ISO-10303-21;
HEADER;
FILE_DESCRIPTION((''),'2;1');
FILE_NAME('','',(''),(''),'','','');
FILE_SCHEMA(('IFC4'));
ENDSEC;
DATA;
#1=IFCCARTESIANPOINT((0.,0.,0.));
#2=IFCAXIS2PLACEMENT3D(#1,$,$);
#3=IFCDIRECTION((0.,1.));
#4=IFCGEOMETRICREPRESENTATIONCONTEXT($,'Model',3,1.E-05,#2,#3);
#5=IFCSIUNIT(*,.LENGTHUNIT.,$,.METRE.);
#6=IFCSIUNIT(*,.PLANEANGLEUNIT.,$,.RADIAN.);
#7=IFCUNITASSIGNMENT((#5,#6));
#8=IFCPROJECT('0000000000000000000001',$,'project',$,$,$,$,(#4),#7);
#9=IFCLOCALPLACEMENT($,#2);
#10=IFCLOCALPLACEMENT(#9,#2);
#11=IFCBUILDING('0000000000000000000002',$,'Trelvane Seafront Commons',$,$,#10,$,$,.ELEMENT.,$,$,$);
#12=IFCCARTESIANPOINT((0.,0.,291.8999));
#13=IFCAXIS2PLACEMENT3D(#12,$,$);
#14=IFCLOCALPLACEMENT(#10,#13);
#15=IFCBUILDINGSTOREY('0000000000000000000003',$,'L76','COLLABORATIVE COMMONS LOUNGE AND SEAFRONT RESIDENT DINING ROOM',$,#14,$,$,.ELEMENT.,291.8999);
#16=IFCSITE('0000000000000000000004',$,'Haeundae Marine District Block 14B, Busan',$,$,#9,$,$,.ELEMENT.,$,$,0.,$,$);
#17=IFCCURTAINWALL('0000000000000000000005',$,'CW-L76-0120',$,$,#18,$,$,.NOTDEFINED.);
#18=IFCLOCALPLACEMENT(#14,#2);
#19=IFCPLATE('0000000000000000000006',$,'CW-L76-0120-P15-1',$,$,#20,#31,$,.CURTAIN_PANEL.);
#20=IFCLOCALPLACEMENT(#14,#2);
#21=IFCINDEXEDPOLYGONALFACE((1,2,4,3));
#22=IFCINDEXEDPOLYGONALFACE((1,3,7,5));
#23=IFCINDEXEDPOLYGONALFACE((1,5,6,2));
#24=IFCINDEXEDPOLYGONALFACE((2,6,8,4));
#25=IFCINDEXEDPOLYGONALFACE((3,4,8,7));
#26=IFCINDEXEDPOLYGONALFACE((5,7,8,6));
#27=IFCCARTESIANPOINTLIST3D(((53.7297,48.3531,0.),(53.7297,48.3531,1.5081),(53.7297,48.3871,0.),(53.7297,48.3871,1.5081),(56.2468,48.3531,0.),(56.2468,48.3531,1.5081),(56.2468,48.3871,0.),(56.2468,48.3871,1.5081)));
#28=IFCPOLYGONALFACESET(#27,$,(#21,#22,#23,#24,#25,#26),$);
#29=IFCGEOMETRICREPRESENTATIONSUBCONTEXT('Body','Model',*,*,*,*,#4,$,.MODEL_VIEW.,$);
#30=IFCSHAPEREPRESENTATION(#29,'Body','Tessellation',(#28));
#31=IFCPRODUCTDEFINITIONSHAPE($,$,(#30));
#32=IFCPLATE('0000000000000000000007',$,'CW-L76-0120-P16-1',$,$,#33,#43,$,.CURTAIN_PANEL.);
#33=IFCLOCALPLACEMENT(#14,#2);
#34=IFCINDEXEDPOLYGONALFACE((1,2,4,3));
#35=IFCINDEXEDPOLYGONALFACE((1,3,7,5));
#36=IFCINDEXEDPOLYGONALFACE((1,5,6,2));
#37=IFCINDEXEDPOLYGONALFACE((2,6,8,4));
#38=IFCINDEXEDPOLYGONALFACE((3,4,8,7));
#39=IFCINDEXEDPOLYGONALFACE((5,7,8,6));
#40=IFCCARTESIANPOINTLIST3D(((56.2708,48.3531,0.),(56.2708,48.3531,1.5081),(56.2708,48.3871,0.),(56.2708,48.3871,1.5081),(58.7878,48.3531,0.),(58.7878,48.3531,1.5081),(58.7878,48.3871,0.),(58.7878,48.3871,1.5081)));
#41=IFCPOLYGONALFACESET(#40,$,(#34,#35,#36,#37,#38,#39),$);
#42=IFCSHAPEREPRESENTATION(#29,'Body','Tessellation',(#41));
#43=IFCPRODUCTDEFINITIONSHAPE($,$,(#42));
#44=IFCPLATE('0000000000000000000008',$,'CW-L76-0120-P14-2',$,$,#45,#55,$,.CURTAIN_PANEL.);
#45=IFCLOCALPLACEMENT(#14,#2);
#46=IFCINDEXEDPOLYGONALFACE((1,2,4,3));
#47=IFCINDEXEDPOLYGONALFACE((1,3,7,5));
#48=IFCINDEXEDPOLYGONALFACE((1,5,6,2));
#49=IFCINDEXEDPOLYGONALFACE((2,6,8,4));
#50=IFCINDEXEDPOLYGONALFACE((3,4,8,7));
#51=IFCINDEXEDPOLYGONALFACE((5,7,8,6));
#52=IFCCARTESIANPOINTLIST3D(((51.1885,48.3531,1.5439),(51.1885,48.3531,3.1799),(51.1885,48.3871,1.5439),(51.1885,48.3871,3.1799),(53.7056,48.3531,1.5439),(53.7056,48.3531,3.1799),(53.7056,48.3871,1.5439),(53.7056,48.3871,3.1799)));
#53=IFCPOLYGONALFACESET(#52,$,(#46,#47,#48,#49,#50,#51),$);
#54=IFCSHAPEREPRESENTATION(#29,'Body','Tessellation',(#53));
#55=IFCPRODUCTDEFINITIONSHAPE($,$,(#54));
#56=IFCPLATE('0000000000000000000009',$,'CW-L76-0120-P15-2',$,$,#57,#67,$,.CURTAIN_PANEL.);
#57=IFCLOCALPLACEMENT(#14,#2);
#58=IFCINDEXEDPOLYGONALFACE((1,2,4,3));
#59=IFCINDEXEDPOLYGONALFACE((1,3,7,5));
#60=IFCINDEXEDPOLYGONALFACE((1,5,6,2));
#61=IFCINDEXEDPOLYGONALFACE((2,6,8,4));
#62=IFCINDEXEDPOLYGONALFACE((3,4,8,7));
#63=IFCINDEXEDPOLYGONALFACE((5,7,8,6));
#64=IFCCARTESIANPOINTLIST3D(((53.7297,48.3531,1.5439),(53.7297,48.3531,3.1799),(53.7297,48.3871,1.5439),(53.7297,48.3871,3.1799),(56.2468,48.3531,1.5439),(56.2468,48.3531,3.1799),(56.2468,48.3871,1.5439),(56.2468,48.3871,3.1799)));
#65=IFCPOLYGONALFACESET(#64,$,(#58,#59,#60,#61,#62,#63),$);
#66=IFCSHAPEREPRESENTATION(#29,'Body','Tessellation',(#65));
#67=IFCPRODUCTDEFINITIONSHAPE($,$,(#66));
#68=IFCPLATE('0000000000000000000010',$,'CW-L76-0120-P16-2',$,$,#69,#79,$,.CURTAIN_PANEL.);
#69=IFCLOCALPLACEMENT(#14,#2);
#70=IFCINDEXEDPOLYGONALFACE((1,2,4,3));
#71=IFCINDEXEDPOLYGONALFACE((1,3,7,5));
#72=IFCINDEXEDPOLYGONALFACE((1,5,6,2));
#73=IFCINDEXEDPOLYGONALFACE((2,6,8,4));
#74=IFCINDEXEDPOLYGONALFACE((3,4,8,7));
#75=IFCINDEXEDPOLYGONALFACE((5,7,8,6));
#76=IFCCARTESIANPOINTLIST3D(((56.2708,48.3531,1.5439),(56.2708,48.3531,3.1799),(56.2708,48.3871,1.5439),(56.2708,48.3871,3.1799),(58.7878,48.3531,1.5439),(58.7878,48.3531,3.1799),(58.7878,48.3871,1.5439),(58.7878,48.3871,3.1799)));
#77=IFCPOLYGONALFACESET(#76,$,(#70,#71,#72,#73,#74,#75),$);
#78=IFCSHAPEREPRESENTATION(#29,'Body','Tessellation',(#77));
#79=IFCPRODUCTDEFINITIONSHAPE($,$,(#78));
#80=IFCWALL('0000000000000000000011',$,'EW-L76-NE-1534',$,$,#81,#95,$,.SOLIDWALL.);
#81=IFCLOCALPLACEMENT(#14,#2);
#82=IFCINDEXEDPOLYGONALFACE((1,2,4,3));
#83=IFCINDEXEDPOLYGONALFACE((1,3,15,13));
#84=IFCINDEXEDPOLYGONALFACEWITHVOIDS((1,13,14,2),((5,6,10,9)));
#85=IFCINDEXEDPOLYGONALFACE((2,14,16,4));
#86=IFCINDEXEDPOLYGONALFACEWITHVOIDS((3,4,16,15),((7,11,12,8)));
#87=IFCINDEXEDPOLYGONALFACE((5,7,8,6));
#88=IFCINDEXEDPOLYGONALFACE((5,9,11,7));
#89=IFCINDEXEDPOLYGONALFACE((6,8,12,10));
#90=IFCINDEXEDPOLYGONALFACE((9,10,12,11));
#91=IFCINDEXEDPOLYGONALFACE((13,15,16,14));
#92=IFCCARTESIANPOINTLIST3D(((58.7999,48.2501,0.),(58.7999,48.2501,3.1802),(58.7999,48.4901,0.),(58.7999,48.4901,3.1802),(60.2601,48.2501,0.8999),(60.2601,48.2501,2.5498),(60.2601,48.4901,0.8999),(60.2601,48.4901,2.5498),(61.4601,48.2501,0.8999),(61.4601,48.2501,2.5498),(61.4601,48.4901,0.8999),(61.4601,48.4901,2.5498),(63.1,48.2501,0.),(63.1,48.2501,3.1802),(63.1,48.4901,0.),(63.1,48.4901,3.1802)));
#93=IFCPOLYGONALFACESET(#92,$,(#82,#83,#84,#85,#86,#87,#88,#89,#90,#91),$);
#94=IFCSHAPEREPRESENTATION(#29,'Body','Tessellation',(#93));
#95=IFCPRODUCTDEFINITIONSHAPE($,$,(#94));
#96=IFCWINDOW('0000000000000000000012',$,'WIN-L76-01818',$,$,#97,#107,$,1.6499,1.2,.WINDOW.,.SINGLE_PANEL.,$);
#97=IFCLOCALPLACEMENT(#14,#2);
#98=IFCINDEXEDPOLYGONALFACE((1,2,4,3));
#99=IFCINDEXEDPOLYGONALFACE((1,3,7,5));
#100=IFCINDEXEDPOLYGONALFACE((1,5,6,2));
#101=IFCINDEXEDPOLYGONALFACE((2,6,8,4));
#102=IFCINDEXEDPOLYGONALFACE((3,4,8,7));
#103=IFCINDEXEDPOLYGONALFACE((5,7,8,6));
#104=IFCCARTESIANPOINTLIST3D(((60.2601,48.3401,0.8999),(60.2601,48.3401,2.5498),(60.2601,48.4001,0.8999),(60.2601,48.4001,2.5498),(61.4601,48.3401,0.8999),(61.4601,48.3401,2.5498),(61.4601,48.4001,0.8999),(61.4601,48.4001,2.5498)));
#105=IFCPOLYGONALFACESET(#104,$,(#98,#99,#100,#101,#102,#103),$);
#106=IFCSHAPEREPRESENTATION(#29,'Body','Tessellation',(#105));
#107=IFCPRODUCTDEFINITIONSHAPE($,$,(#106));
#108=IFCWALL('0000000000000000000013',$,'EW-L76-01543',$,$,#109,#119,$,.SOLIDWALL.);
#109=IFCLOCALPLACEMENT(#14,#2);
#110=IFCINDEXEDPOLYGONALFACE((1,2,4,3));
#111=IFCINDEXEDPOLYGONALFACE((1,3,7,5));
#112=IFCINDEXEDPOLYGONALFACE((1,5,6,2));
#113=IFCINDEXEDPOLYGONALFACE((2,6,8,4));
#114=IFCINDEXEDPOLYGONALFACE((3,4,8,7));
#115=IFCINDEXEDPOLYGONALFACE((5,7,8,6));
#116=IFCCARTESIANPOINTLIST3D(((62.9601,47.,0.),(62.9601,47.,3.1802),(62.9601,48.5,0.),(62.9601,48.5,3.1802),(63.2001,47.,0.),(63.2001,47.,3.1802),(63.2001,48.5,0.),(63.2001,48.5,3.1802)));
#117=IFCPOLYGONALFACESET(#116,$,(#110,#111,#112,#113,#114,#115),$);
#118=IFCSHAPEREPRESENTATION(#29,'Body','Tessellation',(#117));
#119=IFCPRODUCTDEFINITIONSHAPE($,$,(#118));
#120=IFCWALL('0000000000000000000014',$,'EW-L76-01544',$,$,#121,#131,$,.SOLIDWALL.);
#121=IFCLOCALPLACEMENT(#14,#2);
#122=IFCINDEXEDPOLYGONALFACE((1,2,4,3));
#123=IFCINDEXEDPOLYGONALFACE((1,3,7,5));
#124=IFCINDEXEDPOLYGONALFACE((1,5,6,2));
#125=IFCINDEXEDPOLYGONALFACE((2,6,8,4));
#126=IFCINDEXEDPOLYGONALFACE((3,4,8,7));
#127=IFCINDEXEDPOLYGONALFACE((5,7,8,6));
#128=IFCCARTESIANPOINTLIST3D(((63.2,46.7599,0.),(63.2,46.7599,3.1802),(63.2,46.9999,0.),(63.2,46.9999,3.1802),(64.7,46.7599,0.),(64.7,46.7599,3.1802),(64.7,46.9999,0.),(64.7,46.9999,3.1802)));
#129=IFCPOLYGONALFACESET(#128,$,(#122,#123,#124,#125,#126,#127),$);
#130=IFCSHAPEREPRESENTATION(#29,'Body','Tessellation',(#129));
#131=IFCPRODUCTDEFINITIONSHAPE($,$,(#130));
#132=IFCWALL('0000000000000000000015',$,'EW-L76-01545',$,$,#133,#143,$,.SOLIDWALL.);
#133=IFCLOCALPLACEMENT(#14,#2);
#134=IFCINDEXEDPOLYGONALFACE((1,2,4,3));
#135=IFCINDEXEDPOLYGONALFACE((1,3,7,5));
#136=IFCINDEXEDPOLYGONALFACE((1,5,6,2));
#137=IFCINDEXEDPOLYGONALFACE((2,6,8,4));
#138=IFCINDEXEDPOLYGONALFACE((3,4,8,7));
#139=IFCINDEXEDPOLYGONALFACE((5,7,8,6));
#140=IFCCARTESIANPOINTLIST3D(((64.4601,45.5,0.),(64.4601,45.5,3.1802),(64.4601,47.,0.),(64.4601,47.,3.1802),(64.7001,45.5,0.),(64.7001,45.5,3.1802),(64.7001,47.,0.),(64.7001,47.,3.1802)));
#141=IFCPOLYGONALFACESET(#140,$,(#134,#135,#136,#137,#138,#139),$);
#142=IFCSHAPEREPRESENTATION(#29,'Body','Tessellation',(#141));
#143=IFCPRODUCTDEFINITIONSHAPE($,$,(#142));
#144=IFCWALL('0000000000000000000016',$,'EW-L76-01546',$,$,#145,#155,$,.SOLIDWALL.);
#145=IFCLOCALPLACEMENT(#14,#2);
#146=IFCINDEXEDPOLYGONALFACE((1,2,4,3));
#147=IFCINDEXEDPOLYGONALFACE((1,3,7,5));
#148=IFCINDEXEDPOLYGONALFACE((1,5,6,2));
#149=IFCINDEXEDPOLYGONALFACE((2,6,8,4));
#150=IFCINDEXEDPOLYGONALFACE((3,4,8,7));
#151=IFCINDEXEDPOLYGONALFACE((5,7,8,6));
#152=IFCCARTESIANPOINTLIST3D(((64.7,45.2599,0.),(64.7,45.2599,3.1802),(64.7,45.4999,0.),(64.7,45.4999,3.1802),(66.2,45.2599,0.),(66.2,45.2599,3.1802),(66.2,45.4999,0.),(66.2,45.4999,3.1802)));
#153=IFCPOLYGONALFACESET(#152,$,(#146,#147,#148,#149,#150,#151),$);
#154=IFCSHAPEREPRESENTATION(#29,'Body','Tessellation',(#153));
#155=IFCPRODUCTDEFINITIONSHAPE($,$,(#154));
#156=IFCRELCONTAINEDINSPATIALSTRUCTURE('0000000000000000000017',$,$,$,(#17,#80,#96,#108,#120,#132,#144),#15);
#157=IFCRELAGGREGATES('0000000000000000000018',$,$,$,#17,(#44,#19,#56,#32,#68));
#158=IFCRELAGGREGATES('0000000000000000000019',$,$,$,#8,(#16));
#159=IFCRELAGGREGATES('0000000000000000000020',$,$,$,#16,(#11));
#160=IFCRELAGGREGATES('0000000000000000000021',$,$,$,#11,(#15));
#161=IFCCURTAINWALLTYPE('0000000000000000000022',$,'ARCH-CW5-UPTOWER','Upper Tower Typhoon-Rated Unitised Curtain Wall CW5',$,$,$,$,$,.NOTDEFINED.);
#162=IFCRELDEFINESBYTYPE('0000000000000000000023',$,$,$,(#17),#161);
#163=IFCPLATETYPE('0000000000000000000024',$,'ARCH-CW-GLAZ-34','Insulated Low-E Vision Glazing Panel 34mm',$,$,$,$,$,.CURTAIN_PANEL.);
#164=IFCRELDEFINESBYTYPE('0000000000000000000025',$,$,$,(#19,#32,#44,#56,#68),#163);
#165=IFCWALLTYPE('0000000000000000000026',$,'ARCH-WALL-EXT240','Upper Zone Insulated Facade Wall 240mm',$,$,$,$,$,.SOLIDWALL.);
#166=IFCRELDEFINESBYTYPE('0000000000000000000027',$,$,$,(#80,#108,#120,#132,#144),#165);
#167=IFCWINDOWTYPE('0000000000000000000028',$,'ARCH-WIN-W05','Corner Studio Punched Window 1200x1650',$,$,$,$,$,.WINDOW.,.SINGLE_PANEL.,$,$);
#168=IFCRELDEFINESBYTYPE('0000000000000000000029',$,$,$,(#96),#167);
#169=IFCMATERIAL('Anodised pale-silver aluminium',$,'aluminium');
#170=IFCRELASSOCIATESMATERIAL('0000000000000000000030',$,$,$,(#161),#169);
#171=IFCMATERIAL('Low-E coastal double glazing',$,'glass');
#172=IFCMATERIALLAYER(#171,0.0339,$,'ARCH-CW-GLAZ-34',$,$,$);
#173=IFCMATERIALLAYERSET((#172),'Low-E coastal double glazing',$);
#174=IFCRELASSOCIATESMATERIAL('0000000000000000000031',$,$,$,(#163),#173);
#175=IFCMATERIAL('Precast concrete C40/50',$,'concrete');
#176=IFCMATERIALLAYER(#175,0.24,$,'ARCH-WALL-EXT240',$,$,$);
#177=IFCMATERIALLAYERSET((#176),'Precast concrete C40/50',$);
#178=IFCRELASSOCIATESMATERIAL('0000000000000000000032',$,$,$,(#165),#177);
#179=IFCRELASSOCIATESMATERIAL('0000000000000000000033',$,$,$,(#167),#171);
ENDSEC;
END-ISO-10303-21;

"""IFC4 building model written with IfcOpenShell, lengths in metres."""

from ifc_helpers import new_model, si_unit, direction, frame, frame_2d, origin, origin_2d, place, context, subcontext, project, spatial, rectangle, extrude, source, transform, mapped, material, layer, layer_set, type_object, element, fill, aggregate, save


model = new_model("IFC4")

# Units and contexts
model_context = context("Model", 3, precision=1e-05, world=origin(), true_north=direction((0.0, 1.0)))
body_context = subcontext(model_context, "Body", "Model", "MODEL_VIEW")
ifc_project = project(units=[si_unit("LENGTHUNIT", "METRE"), si_unit("PLANEANGLEUNIT", "RADIAN")], contexts=[model_context])

# Site, building, storey
site_placement = place(None, origin())
site = spatial("IfcSite", under=ifc_project, at=site_placement, Name="Haeundae Marine District Block 14B, Busan", CompositionType="ELEMENT", RefElevation=0.0)
building_placement = place(site_placement, origin())
building = spatial("IfcBuilding", under=site, at=building_placement, Name="Trelvane Seafront Commons", CompositionType="ELEMENT")
storey_placement = place(building_placement, frame((0.0, 0.0, 291.8999)))
storey = spatial("IfcBuildingStorey", under=building, at=storey_placement, Name="L76", Description="COLLABORATIVE COMMONS LOUNGE AND SEAFRONT RESIDENT DINING ROOM", CompositionType="ELEMENT", Elevation=291.8999)

# Curtain wall
ifc_material_1 = material(Name="Anodised pale-silver aluminium", Category="aluminium")
curtain_wall_type = type_object("IfcCurtainWallType", Name="ARCH-CW5-UPTOWER", Description="Upper Tower Typhoon-Rated Unitised Curtain Wall CW5", PredefinedType="NOTDEFINED", material=ifc_material_1)
curtain_wall_placement = place(storey_placement, origin())
curtain_wall = element("IfcCurtainWall", 1, at=curtain_wall_placement, inside=storey, type_object=curtain_wall_type, Name="CW-L76-0120", PredefinedType="NOTDEFINED")

# Plates
ifc_material_2 = material(Name="Low-E coastal double glazing", Category="glass")
ifc_layer_1 = layer(ifc_material_2, 0.0339, Name="ARCH-CW-GLAZ-34")
ifc_layer_set_1 = layer_set([ifc_layer_1], Name="Low-E coastal double glazing")
plate_type_1 = type_object("IfcPlateType", Name="ARCH-CW-GLAZ-34", Description="Insulated Low-E Vision Glazing Panel 34mm", PredefinedType="CURTAIN_PANEL", material=ifc_layer_set_1)
shared_shape_1 = source(origin(), body_context, "Body", "SweptSolid", [
    extrude(rectangle(XDim=2.5171, YDim=0.0339, at=origin_2d()), origin(), (0.0, 0.0, 1.0), 1.5081),
])
plate_1_placement = place(storey_placement, frame((54.9883, 48.3701, 0.0), z_axis=(0.0, 0.0, 1.0), x_axis=(1.0, 0.0, 0.0)))
plate_1 = element("IfcPlate", 2, at=plate_1_placement, type_object=plate_type_1, Name="CW-L76-0120-P15-1", PredefinedType="CURTAIN_PANEL", context=body_context, shape_type="MappedRepresentation", body=[
    mapped(shared_shape_1, transform((0.0, 0.0, 0.0), x_axis=(1.0, 0.0, 0.0), y_axis=(0.0, 1.0, 0.0), z_axis=(0.0, 0.0, 1.0), scale=1.0)),
])
plate_2_placement = place(storey_placement, frame((57.5293, 48.3701, 0.0), z_axis=(0.0, 0.0, 1.0), x_axis=(1.0, 0.0, 0.0)))
plate_2 = element("IfcPlate", 3, at=plate_2_placement, type_object=plate_type_1, Name="CW-L76-0120-P16-1", PredefinedType="CURTAIN_PANEL", context=body_context, shape_type="MappedRepresentation", body=[
    mapped(shared_shape_1, transform((0.0, 0.0, 0.0), x_axis=(1.0, 0.0, 0.0), y_axis=(0.0, 1.0, 0.0), z_axis=(0.0, 0.0, 1.0), scale=1.0)),
])
shared_shape_2 = source(origin(), body_context, "Body", "SweptSolid", [
    extrude(rectangle(XDim=2.5171, YDim=0.0339, at=origin_2d()), origin(), (0.0, 0.0, 1.0), 1.636),
])
plate_3_placement = place(storey_placement, frame((52.447, 48.3701, 1.5439), z_axis=(0.0, 0.0, 1.0), x_axis=(1.0, 0.0, 0.0)))
plate_3 = element("IfcPlate", 4, at=plate_3_placement, type_object=plate_type_1, Name="CW-L76-0120-P14-2", PredefinedType="CURTAIN_PANEL", context=body_context, shape_type="MappedRepresentation", body=[
    mapped(shared_shape_2, transform((0.0, 0.0, 0.0), x_axis=(1.0, 0.0, 0.0), y_axis=(0.0, 1.0, 0.0), z_axis=(0.0, 0.0, 1.0), scale=1.0)),
])
plate_4_placement = place(storey_placement, frame((54.9883, 48.3701, 1.5439), z_axis=(0.0, 0.0, 1.0), x_axis=(1.0, 0.0, 0.0)))
plate_4 = element("IfcPlate", 5, at=plate_4_placement, type_object=plate_type_1, Name="CW-L76-0120-P15-2", PredefinedType="CURTAIN_PANEL", context=body_context, shape_type="MappedRepresentation", body=[
    mapped(shared_shape_2, transform((0.0, 0.0, 0.0), x_axis=(1.0, 0.0, 0.0), y_axis=(0.0, 1.0, 0.0), z_axis=(0.0, 0.0, 1.0), scale=1.0)),
])
plate_5_placement = place(storey_placement, frame((57.5293, 48.3701, 1.5439), z_axis=(0.0, 0.0, 1.0), x_axis=(1.0, 0.0, 0.0)))
plate_5 = element("IfcPlate", 6, at=plate_5_placement, type_object=plate_type_1, Name="CW-L76-0120-P16-2", PredefinedType="CURTAIN_PANEL", context=body_context, shape_type="MappedRepresentation", body=[
    mapped(shared_shape_2, transform((0.0, 0.0, 0.0), x_axis=(1.0, 0.0, 0.0), y_axis=(0.0, 1.0, 0.0), z_axis=(0.0, 0.0, 1.0), scale=1.0)),
])
aggregate(curtain_wall, [plate_3, plate_1, plate_4, plate_2, plate_5])

# Wall, opening, window
ifc_material_3 = material(Name="Precast concrete C40/50", Category="concrete")
ifc_layer_2 = layer(ifc_material_3, 0.24, Name="ARCH-WALL-EXT240")
ifc_layer_set_2 = layer_set([ifc_layer_2], Name="Precast concrete C40/50")
wall_type = type_object("IfcWallType", Name="ARCH-WALL-EXT240", Description="Upper Zone Insulated Facade Wall 240mm", PredefinedType="SOLIDWALL", material=ifc_layer_set_2)
wall_1_placement = place(storey_placement, frame((58.8, 48.3701, 0.0), z_axis=(0.0, 0.0, 1.0), x_axis=(1.0, 0.0, 0.0)))
wall_1 = element("IfcWall", 7, at=wall_1_placement, inside=storey, type_object=wall_type, Name="EW-L76-NE-1534", PredefinedType="SOLIDWALL", context=body_context, shape_type="SweptSolid", body=[
    extrude(rectangle(XDim=4.3, YDim=0.24, at=frame_2d((2.1499, 0.0))), origin(), (0.0, 0.0, 1.0), 3.1802),
])
opening_1_placement = place(wall_1_placement, frame((1.46, 0.0, 0.8999)))
opening_1 = element("IfcOpeningElement", 8, at=opening_1_placement, cuts=wall_1, PredefinedType="OPENING", context=body_context, shape_type="SweptSolid", body=[
    extrude(rectangle(XDim=1.2, YDim=1.6499, at=frame_2d((0.6001, 0.825))), frame((0.0, 0.1299, 0.0), z_axis=(0.0, -1.0, 0.0), x_axis=(1.0, 0.0, 0.0)), (0.0, 0.0, 1.0), 0.26),
])
window_type_1 = type_object("IfcWindowType", Name="ARCH-WIN-W05", Description="Corner Studio Punched Window 1200x1650", PartitioningType="SINGLE_PANEL", PredefinedType="WINDOW", material=ifc_material_2)
shared_shape_3 = source(origin(), body_context, "Body", "SweptSolid", [
    extrude(rectangle(XDim=1.2, YDim=1.6499, at=frame_2d((0.6001, 0.825))), frame((0.0, 0.03, 0.0), z_axis=(0.0, -1.0, 0.0), x_axis=(1.0, 0.0, 0.0)), (0.0, 0.0, 1.0), 0.0601),
])
window_1_placement = place(opening_1_placement, origin())
window_1 = element("IfcWindow", 9, at=window_1_placement, inside=storey, type_object=window_type_1, Name="WIN-L76-01818", OverallHeight=1.6499, OverallWidth=1.2, PartitioningType="SINGLE_PANEL", PredefinedType="WINDOW", context=body_context, shape_type="MappedRepresentation", body=[
    mapped(shared_shape_3, transform((0.0, 0.0, 0.0), x_axis=(1.0, 0.0, 0.0), y_axis=(0.0, 1.0, 0.0), z_axis=(0.0, 0.0, 1.0), scale=1.0)),
])
fill(opening_1, window_1)

# Walls
for number, where, z_axis, x_axis, name in (
    (10, (63.0801, 48.5, 0.0), (0.0, 0.0, 1.0), (0.0, -1.0, 0.0), "EW-L76-01543"),
    (11, (63.2, 46.8799, 0.0), (0.0, 0.0, 1.0), (1.0, 0.0, 0.0), "EW-L76-01544"),
    (12, (64.5801, 47.0, 0.0), (0.0, 0.0, 1.0), (0.0, -1.0, 0.0), "EW-L76-01545"),
    (13, (64.7, 45.3799, 0.0), (0.0, 0.0, 1.0), (1.0, 0.0, 0.0), "EW-L76-01546"),
):
    element("IfcWall", number, at=place(storey_placement, frame(where, z_axis=z_axis, x_axis=x_axis)), inside=storey, type_object=wall_type, Name=name, PredefinedType="SOLIDWALL", context=body_context, shape_type="SweptSolid", body=[
        extrude(rectangle(XDim=1.5, YDim=0.24, at=frame_2d((0.75, 0.0))), origin(), (0.0, 0.0, 1.0), 3.1802),
    ])

save(model, "model.ifc")
